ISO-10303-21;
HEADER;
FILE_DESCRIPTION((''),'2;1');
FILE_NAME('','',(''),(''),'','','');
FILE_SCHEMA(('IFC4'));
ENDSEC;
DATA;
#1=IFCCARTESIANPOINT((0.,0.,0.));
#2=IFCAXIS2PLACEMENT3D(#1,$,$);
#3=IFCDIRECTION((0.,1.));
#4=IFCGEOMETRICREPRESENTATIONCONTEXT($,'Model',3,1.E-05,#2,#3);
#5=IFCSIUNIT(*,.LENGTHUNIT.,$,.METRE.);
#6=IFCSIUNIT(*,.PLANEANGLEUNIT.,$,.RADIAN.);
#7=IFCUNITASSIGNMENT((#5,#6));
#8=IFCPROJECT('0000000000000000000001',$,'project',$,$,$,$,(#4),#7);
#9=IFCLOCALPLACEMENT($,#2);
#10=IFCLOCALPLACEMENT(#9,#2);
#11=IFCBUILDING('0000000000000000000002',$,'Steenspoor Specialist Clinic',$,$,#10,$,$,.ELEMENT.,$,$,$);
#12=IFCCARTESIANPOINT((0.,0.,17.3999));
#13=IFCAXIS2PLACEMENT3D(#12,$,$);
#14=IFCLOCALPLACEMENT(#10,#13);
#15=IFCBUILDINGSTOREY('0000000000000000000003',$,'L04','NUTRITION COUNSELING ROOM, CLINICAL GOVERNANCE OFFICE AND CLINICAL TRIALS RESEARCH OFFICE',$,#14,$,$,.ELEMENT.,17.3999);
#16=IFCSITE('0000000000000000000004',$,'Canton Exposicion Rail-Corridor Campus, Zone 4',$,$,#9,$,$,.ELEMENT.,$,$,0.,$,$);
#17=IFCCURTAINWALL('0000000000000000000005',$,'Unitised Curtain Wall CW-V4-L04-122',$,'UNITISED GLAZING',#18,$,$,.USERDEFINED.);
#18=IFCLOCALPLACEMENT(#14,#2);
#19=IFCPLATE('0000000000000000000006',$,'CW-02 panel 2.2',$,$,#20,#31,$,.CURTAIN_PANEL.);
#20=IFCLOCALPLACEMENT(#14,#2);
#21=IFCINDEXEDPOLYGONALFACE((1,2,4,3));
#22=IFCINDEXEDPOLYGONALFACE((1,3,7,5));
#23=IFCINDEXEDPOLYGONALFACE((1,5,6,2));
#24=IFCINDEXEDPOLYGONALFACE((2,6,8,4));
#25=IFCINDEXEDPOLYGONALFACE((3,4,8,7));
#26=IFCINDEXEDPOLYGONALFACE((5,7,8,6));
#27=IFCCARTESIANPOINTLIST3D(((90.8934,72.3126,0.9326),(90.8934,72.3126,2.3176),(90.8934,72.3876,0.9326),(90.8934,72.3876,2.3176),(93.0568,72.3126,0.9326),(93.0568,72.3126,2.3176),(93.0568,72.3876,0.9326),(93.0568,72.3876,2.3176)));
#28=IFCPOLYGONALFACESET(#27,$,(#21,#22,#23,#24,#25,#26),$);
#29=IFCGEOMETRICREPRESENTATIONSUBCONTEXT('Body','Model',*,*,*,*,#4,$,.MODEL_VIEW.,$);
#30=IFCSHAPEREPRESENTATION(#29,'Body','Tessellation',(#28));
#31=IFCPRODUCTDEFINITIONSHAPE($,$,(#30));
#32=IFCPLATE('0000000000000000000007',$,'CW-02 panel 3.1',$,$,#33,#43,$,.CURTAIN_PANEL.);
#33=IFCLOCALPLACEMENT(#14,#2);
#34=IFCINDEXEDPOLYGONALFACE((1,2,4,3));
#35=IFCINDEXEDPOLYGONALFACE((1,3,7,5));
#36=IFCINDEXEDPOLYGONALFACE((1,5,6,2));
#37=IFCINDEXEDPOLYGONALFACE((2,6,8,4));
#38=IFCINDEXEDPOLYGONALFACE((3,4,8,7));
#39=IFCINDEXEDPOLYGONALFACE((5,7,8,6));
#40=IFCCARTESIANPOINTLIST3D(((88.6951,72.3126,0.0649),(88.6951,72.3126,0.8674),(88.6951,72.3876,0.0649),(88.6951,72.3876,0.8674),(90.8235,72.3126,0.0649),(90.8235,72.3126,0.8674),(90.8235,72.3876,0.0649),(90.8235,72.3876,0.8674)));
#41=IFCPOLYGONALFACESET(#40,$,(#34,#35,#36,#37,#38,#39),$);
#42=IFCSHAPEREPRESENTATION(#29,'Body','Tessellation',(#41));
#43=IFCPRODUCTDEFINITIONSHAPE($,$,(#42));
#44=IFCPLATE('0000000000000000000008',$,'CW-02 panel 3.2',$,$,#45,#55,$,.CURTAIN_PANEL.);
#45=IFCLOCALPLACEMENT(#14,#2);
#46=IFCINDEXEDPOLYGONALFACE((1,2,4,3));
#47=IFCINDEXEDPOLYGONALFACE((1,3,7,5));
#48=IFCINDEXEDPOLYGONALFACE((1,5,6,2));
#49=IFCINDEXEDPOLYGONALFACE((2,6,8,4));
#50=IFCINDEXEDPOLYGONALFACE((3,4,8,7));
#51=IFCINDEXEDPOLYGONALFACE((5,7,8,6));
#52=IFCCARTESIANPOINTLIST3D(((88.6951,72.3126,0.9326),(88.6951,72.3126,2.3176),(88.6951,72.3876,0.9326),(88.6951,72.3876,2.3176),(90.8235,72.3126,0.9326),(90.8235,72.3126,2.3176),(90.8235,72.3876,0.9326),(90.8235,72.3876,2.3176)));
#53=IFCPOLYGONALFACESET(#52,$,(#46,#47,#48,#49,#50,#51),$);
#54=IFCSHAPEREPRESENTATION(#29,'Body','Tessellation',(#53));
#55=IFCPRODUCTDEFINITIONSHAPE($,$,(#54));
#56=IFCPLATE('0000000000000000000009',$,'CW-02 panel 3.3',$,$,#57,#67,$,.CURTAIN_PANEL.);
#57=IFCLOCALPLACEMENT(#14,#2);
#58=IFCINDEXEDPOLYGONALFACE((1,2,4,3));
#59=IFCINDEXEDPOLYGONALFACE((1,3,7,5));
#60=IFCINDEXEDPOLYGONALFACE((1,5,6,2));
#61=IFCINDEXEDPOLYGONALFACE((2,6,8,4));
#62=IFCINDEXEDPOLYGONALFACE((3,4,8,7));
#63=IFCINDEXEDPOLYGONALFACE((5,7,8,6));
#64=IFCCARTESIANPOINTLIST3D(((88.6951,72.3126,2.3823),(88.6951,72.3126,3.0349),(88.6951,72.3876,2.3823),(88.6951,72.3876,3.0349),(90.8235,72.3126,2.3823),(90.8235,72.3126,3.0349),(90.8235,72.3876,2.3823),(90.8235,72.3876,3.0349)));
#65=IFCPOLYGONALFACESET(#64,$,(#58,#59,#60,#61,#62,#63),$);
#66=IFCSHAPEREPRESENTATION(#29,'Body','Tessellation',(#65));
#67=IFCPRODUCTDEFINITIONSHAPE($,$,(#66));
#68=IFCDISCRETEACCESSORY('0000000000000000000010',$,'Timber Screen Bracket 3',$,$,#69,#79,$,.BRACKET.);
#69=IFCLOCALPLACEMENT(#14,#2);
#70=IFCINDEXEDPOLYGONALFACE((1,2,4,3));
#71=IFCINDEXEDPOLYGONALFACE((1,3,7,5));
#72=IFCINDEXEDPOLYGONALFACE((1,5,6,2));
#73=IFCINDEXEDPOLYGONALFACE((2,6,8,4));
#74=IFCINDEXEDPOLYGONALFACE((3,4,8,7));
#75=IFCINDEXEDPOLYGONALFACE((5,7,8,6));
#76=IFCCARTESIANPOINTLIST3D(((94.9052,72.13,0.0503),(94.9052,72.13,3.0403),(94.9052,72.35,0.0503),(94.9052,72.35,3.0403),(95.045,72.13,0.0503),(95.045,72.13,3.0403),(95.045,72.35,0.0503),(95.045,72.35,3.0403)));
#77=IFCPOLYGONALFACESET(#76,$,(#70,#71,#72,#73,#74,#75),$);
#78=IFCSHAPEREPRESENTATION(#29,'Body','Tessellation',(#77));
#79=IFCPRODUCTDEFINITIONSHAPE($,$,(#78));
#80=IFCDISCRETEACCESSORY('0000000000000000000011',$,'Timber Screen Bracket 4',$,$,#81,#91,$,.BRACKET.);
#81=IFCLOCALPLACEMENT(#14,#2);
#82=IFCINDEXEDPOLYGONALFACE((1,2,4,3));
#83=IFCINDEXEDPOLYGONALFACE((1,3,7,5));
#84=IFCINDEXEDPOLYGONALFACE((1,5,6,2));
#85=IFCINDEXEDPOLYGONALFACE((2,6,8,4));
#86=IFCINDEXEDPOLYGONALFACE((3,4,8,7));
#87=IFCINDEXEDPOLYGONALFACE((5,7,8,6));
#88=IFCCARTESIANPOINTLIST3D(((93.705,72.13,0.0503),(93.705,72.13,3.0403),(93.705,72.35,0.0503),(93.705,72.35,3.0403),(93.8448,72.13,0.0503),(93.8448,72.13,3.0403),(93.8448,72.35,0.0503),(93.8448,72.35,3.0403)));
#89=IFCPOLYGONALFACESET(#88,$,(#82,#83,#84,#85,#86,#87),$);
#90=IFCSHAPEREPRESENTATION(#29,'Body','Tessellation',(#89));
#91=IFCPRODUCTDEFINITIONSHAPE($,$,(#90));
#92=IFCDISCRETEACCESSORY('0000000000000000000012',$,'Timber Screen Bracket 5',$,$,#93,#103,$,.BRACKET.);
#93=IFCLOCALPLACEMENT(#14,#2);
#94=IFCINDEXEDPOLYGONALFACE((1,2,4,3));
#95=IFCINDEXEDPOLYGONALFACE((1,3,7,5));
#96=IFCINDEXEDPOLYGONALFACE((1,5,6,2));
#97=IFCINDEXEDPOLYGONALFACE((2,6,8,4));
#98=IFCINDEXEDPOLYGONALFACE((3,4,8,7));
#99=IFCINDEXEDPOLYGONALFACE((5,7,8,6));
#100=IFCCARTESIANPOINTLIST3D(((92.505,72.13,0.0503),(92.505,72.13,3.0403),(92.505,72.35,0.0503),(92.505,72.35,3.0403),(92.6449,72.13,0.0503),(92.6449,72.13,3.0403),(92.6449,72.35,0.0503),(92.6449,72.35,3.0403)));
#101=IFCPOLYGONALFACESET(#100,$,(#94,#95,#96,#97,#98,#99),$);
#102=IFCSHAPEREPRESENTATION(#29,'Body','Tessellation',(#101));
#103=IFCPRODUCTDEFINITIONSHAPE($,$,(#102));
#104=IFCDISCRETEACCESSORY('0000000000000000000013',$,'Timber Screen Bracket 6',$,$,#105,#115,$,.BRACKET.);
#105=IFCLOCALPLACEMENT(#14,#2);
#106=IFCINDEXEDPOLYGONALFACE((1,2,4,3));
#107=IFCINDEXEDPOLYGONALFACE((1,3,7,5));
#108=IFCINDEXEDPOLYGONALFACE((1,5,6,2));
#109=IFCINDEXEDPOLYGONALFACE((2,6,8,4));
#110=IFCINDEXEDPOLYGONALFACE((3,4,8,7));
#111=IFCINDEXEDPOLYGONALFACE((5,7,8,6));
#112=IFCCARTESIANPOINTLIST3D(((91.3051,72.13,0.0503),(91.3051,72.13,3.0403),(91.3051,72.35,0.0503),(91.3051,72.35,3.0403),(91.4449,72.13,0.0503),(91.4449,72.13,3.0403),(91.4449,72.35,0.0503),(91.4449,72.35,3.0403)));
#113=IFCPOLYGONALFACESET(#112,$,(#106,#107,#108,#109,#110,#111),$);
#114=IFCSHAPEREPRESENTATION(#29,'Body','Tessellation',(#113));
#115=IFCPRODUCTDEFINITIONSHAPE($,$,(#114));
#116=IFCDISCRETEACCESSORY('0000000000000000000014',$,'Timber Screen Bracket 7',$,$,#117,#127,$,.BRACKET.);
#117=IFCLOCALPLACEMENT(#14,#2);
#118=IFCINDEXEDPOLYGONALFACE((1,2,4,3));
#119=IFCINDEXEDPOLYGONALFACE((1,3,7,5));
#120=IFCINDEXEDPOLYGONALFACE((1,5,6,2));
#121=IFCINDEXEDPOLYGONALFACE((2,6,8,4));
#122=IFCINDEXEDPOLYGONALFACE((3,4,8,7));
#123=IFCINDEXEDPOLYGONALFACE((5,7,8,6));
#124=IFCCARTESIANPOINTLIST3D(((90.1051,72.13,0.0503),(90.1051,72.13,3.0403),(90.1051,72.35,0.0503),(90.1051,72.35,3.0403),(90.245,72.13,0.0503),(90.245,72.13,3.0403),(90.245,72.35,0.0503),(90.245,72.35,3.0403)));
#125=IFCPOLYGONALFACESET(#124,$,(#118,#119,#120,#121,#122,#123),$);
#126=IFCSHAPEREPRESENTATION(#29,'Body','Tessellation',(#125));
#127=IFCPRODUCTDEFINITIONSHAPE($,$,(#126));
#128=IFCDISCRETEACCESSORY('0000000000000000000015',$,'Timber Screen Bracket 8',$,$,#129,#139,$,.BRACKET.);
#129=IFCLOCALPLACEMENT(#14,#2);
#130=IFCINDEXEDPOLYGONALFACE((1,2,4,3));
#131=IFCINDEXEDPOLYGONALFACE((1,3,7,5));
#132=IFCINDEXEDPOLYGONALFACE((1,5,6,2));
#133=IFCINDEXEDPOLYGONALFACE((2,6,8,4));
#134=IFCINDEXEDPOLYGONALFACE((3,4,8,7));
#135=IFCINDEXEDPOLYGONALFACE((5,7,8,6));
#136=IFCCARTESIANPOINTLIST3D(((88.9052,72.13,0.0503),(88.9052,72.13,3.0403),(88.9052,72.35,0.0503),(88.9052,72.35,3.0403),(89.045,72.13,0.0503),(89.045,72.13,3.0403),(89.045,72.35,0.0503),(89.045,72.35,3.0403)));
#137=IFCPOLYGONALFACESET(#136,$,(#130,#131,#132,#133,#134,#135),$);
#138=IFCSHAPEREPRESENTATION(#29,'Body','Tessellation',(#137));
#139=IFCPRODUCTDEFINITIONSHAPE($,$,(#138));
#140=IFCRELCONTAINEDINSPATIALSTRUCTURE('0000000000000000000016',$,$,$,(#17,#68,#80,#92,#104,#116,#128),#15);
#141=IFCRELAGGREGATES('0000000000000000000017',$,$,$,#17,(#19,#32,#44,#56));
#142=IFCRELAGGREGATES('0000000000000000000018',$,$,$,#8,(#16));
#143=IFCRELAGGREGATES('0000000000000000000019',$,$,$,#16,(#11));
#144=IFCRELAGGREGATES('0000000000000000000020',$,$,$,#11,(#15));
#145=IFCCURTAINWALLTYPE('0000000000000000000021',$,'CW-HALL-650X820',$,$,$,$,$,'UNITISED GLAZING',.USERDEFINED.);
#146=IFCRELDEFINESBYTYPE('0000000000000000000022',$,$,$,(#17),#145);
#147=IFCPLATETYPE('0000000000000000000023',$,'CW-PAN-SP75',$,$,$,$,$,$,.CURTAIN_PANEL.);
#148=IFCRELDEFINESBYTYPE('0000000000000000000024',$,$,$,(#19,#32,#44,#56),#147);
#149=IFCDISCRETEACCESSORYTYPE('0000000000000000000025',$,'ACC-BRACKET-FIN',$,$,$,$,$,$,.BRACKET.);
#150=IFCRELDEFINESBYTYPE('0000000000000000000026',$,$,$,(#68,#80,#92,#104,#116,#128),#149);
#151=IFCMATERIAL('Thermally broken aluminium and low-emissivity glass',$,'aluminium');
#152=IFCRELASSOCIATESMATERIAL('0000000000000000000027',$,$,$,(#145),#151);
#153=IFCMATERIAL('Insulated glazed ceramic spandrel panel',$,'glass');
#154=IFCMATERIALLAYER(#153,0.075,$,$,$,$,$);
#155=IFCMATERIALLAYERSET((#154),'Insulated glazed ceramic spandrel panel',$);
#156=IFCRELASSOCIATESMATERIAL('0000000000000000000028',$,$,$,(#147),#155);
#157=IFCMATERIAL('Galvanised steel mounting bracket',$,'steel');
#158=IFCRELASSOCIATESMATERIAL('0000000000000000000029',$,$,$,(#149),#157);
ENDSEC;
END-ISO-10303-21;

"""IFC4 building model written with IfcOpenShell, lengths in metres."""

from ifc_helpers import new_model, si_unit, direction, frame, origin, origin_2d, place, context, subcontext, project, spatial, rectangle, extrude, material, layer, layer_set, type_object, element, aggregate, save


model = new_model("IFC4")

# Units and contexts
model_context = context("Model", 3, precision=1e-05, world=origin(), true_north=direction((0.0, 1.0)))
body_context = subcontext(model_context, "Body", "Model", "MODEL_VIEW")
ifc_project = project(units=[si_unit("LENGTHUNIT", "METRE"), si_unit("PLANEANGLEUNIT", "RADIAN")], contexts=[model_context])

# Site, building, storey
site_placement = place(None, origin())
site = spatial("IfcSite", under=ifc_project, at=site_placement, Name="Canton Exposicion Rail-Corridor Campus, Zone 4", CompositionType="ELEMENT", RefElevation=0.0)
building_placement = place(site_placement, origin())
building = spatial("IfcBuilding", under=site, at=building_placement, Name="Steenspoor Specialist Clinic", CompositionType="ELEMENT")
storey_placement = place(building_placement, frame((0.0, 0.0, 17.3999)))
storey = spatial("IfcBuildingStorey", under=building, at=storey_placement, Name="L04", Description="NUTRITION COUNSELING ROOM, CLINICAL GOVERNANCE OFFICE AND CLINICAL TRIALS RESEARCH OFFICE", CompositionType="ELEMENT", Elevation=17.3999)

# Curtain wall
ifc_material_1 = material(Name="Thermally broken aluminium and low-emissivity glass", Category="aluminium")
curtain_wall_type = type_object("IfcCurtainWallType", Name="CW-HALL-650X820", ElementType="UNITISED GLAZING", PredefinedType="USERDEFINED", material=ifc_material_1)
curtain_wall_placement = place(storey_placement, origin())
curtain_wall = element("IfcCurtainWall", 1, at=curtain_wall_placement, inside=storey, type_object=curtain_wall_type, Name="Unitised Curtain Wall CW-V4-L04-122", ObjectType="UNITISED GLAZING", PredefinedType="USERDEFINED")

# Plates
ifc_material_2 = material(Name="Insulated glazed ceramic spandrel panel", Category="glass")
ifc_layer = layer(ifc_material_2, 0.075)
ifc_layer_set = layer_set([ifc_layer], Name="Insulated glazed ceramic spandrel panel")
plate_type = type_object("IfcPlateType", Name="CW-PAN-SP75", PredefinedType="CURTAIN_PANEL", material=ifc_layer_set)
plate_1_placement = place(storey_placement, frame((91.9751, 72.3501, 0.9326), z_axis=(0.0, 0.0, 1.0), x_axis=(-1.0, 0.0, 0.0)))
plate_1 = element("IfcPlate", 2, at=plate_1_placement, type_object=plate_type, Name="CW-02 panel 2.2", PredefinedType="CURTAIN_PANEL", context=body_context, shape_type="SweptSolid", body=[
    extrude(rectangle(XDim=2.1633, YDim=0.075, at=origin_2d()), origin(), (0.0, 0.0, 1.0), 1.385),
])
plate_2_placement = place(storey_placement, frame((89.7593, 72.3501, 0.0649), z_axis=(0.0, 0.0, 1.0), x_axis=(-1.0, 0.0, 0.0)))
plate_2 = element("IfcPlate", 3, at=plate_2_placement, type_object=plate_type, Name="CW-02 panel 3.1", PredefinedType="CURTAIN_PANEL", context=body_context, shape_type="SweptSolid", body=[
    extrude(rectangle(XDim=2.1284, YDim=0.075, at=origin_2d()), origin(), (0.0, 0.0, 1.0), 0.8025),
])
plate_3_placement = place(storey_placement, frame((89.7593, 72.3501, 0.9326), z_axis=(0.0, 0.0, 1.0), x_axis=(-1.0, 0.0, 0.0)))
plate_3 = element("IfcPlate", 4, at=plate_3_placement, type_object=plate_type, Name="CW-02 panel 3.2", PredefinedType="CURTAIN_PANEL", context=body_context, shape_type="SweptSolid", body=[
    extrude(rectangle(XDim=2.1284, YDim=0.075, at=origin_2d()), origin(), (0.0, 0.0, 1.0), 1.385),
])
plate_4_placement = place(storey_placement, frame((89.7593, 72.3501, 2.3823), z_axis=(0.0, 0.0, 1.0), x_axis=(-1.0, 0.0, 0.0)))
plate_4 = element("IfcPlate", 5, at=plate_4_placement, type_object=plate_type, Name="CW-02 panel 3.3", PredefinedType="CURTAIN_PANEL", context=body_context, shape_type="SweptSolid", body=[
    extrude(rectangle(XDim=2.1284, YDim=0.075, at=origin_2d()), origin(), (0.0, 0.0, 1.0), 0.6526),
])
aggregate(curtain_wall, [plate_1, plate_2, plate_3, plate_4])

# Discrete accessories
ifc_material_3 = material(Name="Galvanised steel mounting bracket", Category="steel")
discrete_accessory_type = type_object("IfcDiscreteAccessoryType", Name="ACC-BRACKET-FIN", PredefinedType="BRACKET", material=ifc_material_3)
for number, where, z_axis, x_axis, name in (
    (6, (94.9751, 72.24, 0.0503), (0.0, 0.0, 1.0), (0.0, -1.0, 0.0), "Timber Screen Bracket 3"),
    (7, (93.7749, 72.24, 0.0503), (0.0, 0.0, 1.0), (0.0, -1.0, 0.0), "Timber Screen Bracket 4"),
    (8, (92.575, 72.24, 0.0503), (0.0, 0.0, 1.0), (0.0, -1.0, 0.0), "Timber Screen Bracket 5"),
    (9, (91.375, 72.24, 0.0503), (0.0, 0.0, 1.0), (0.0, -1.0, 0.0), "Timber Screen Bracket 6"),
    (10, (90.175, 72.24, 0.0503), (0.0, 0.0, 1.0), (0.0, -1.0, 0.0), "Timber Screen Bracket 7"),
    (11, (88.9751, 72.24, 0.0503), (0.0, 0.0, 1.0), (0.0, -1.0, 0.0), "Timber Screen Bracket 8"),
):
    element("IfcDiscreteAccessory", number, at=place(storey_placement, frame(where, z_axis=z_axis, x_axis=x_axis)), inside=storey, type_object=discrete_accessory_type, Name=name, PredefinedType="BRACKET", context=body_context, shape_type="SweptSolid", body=[
        extrude(rectangle(XDim=0.22, YDim=0.1399, at=origin_2d()), origin(), (0.0, 0.0, 1.0), 2.99),
    ])

save(model, "model.ifc")
